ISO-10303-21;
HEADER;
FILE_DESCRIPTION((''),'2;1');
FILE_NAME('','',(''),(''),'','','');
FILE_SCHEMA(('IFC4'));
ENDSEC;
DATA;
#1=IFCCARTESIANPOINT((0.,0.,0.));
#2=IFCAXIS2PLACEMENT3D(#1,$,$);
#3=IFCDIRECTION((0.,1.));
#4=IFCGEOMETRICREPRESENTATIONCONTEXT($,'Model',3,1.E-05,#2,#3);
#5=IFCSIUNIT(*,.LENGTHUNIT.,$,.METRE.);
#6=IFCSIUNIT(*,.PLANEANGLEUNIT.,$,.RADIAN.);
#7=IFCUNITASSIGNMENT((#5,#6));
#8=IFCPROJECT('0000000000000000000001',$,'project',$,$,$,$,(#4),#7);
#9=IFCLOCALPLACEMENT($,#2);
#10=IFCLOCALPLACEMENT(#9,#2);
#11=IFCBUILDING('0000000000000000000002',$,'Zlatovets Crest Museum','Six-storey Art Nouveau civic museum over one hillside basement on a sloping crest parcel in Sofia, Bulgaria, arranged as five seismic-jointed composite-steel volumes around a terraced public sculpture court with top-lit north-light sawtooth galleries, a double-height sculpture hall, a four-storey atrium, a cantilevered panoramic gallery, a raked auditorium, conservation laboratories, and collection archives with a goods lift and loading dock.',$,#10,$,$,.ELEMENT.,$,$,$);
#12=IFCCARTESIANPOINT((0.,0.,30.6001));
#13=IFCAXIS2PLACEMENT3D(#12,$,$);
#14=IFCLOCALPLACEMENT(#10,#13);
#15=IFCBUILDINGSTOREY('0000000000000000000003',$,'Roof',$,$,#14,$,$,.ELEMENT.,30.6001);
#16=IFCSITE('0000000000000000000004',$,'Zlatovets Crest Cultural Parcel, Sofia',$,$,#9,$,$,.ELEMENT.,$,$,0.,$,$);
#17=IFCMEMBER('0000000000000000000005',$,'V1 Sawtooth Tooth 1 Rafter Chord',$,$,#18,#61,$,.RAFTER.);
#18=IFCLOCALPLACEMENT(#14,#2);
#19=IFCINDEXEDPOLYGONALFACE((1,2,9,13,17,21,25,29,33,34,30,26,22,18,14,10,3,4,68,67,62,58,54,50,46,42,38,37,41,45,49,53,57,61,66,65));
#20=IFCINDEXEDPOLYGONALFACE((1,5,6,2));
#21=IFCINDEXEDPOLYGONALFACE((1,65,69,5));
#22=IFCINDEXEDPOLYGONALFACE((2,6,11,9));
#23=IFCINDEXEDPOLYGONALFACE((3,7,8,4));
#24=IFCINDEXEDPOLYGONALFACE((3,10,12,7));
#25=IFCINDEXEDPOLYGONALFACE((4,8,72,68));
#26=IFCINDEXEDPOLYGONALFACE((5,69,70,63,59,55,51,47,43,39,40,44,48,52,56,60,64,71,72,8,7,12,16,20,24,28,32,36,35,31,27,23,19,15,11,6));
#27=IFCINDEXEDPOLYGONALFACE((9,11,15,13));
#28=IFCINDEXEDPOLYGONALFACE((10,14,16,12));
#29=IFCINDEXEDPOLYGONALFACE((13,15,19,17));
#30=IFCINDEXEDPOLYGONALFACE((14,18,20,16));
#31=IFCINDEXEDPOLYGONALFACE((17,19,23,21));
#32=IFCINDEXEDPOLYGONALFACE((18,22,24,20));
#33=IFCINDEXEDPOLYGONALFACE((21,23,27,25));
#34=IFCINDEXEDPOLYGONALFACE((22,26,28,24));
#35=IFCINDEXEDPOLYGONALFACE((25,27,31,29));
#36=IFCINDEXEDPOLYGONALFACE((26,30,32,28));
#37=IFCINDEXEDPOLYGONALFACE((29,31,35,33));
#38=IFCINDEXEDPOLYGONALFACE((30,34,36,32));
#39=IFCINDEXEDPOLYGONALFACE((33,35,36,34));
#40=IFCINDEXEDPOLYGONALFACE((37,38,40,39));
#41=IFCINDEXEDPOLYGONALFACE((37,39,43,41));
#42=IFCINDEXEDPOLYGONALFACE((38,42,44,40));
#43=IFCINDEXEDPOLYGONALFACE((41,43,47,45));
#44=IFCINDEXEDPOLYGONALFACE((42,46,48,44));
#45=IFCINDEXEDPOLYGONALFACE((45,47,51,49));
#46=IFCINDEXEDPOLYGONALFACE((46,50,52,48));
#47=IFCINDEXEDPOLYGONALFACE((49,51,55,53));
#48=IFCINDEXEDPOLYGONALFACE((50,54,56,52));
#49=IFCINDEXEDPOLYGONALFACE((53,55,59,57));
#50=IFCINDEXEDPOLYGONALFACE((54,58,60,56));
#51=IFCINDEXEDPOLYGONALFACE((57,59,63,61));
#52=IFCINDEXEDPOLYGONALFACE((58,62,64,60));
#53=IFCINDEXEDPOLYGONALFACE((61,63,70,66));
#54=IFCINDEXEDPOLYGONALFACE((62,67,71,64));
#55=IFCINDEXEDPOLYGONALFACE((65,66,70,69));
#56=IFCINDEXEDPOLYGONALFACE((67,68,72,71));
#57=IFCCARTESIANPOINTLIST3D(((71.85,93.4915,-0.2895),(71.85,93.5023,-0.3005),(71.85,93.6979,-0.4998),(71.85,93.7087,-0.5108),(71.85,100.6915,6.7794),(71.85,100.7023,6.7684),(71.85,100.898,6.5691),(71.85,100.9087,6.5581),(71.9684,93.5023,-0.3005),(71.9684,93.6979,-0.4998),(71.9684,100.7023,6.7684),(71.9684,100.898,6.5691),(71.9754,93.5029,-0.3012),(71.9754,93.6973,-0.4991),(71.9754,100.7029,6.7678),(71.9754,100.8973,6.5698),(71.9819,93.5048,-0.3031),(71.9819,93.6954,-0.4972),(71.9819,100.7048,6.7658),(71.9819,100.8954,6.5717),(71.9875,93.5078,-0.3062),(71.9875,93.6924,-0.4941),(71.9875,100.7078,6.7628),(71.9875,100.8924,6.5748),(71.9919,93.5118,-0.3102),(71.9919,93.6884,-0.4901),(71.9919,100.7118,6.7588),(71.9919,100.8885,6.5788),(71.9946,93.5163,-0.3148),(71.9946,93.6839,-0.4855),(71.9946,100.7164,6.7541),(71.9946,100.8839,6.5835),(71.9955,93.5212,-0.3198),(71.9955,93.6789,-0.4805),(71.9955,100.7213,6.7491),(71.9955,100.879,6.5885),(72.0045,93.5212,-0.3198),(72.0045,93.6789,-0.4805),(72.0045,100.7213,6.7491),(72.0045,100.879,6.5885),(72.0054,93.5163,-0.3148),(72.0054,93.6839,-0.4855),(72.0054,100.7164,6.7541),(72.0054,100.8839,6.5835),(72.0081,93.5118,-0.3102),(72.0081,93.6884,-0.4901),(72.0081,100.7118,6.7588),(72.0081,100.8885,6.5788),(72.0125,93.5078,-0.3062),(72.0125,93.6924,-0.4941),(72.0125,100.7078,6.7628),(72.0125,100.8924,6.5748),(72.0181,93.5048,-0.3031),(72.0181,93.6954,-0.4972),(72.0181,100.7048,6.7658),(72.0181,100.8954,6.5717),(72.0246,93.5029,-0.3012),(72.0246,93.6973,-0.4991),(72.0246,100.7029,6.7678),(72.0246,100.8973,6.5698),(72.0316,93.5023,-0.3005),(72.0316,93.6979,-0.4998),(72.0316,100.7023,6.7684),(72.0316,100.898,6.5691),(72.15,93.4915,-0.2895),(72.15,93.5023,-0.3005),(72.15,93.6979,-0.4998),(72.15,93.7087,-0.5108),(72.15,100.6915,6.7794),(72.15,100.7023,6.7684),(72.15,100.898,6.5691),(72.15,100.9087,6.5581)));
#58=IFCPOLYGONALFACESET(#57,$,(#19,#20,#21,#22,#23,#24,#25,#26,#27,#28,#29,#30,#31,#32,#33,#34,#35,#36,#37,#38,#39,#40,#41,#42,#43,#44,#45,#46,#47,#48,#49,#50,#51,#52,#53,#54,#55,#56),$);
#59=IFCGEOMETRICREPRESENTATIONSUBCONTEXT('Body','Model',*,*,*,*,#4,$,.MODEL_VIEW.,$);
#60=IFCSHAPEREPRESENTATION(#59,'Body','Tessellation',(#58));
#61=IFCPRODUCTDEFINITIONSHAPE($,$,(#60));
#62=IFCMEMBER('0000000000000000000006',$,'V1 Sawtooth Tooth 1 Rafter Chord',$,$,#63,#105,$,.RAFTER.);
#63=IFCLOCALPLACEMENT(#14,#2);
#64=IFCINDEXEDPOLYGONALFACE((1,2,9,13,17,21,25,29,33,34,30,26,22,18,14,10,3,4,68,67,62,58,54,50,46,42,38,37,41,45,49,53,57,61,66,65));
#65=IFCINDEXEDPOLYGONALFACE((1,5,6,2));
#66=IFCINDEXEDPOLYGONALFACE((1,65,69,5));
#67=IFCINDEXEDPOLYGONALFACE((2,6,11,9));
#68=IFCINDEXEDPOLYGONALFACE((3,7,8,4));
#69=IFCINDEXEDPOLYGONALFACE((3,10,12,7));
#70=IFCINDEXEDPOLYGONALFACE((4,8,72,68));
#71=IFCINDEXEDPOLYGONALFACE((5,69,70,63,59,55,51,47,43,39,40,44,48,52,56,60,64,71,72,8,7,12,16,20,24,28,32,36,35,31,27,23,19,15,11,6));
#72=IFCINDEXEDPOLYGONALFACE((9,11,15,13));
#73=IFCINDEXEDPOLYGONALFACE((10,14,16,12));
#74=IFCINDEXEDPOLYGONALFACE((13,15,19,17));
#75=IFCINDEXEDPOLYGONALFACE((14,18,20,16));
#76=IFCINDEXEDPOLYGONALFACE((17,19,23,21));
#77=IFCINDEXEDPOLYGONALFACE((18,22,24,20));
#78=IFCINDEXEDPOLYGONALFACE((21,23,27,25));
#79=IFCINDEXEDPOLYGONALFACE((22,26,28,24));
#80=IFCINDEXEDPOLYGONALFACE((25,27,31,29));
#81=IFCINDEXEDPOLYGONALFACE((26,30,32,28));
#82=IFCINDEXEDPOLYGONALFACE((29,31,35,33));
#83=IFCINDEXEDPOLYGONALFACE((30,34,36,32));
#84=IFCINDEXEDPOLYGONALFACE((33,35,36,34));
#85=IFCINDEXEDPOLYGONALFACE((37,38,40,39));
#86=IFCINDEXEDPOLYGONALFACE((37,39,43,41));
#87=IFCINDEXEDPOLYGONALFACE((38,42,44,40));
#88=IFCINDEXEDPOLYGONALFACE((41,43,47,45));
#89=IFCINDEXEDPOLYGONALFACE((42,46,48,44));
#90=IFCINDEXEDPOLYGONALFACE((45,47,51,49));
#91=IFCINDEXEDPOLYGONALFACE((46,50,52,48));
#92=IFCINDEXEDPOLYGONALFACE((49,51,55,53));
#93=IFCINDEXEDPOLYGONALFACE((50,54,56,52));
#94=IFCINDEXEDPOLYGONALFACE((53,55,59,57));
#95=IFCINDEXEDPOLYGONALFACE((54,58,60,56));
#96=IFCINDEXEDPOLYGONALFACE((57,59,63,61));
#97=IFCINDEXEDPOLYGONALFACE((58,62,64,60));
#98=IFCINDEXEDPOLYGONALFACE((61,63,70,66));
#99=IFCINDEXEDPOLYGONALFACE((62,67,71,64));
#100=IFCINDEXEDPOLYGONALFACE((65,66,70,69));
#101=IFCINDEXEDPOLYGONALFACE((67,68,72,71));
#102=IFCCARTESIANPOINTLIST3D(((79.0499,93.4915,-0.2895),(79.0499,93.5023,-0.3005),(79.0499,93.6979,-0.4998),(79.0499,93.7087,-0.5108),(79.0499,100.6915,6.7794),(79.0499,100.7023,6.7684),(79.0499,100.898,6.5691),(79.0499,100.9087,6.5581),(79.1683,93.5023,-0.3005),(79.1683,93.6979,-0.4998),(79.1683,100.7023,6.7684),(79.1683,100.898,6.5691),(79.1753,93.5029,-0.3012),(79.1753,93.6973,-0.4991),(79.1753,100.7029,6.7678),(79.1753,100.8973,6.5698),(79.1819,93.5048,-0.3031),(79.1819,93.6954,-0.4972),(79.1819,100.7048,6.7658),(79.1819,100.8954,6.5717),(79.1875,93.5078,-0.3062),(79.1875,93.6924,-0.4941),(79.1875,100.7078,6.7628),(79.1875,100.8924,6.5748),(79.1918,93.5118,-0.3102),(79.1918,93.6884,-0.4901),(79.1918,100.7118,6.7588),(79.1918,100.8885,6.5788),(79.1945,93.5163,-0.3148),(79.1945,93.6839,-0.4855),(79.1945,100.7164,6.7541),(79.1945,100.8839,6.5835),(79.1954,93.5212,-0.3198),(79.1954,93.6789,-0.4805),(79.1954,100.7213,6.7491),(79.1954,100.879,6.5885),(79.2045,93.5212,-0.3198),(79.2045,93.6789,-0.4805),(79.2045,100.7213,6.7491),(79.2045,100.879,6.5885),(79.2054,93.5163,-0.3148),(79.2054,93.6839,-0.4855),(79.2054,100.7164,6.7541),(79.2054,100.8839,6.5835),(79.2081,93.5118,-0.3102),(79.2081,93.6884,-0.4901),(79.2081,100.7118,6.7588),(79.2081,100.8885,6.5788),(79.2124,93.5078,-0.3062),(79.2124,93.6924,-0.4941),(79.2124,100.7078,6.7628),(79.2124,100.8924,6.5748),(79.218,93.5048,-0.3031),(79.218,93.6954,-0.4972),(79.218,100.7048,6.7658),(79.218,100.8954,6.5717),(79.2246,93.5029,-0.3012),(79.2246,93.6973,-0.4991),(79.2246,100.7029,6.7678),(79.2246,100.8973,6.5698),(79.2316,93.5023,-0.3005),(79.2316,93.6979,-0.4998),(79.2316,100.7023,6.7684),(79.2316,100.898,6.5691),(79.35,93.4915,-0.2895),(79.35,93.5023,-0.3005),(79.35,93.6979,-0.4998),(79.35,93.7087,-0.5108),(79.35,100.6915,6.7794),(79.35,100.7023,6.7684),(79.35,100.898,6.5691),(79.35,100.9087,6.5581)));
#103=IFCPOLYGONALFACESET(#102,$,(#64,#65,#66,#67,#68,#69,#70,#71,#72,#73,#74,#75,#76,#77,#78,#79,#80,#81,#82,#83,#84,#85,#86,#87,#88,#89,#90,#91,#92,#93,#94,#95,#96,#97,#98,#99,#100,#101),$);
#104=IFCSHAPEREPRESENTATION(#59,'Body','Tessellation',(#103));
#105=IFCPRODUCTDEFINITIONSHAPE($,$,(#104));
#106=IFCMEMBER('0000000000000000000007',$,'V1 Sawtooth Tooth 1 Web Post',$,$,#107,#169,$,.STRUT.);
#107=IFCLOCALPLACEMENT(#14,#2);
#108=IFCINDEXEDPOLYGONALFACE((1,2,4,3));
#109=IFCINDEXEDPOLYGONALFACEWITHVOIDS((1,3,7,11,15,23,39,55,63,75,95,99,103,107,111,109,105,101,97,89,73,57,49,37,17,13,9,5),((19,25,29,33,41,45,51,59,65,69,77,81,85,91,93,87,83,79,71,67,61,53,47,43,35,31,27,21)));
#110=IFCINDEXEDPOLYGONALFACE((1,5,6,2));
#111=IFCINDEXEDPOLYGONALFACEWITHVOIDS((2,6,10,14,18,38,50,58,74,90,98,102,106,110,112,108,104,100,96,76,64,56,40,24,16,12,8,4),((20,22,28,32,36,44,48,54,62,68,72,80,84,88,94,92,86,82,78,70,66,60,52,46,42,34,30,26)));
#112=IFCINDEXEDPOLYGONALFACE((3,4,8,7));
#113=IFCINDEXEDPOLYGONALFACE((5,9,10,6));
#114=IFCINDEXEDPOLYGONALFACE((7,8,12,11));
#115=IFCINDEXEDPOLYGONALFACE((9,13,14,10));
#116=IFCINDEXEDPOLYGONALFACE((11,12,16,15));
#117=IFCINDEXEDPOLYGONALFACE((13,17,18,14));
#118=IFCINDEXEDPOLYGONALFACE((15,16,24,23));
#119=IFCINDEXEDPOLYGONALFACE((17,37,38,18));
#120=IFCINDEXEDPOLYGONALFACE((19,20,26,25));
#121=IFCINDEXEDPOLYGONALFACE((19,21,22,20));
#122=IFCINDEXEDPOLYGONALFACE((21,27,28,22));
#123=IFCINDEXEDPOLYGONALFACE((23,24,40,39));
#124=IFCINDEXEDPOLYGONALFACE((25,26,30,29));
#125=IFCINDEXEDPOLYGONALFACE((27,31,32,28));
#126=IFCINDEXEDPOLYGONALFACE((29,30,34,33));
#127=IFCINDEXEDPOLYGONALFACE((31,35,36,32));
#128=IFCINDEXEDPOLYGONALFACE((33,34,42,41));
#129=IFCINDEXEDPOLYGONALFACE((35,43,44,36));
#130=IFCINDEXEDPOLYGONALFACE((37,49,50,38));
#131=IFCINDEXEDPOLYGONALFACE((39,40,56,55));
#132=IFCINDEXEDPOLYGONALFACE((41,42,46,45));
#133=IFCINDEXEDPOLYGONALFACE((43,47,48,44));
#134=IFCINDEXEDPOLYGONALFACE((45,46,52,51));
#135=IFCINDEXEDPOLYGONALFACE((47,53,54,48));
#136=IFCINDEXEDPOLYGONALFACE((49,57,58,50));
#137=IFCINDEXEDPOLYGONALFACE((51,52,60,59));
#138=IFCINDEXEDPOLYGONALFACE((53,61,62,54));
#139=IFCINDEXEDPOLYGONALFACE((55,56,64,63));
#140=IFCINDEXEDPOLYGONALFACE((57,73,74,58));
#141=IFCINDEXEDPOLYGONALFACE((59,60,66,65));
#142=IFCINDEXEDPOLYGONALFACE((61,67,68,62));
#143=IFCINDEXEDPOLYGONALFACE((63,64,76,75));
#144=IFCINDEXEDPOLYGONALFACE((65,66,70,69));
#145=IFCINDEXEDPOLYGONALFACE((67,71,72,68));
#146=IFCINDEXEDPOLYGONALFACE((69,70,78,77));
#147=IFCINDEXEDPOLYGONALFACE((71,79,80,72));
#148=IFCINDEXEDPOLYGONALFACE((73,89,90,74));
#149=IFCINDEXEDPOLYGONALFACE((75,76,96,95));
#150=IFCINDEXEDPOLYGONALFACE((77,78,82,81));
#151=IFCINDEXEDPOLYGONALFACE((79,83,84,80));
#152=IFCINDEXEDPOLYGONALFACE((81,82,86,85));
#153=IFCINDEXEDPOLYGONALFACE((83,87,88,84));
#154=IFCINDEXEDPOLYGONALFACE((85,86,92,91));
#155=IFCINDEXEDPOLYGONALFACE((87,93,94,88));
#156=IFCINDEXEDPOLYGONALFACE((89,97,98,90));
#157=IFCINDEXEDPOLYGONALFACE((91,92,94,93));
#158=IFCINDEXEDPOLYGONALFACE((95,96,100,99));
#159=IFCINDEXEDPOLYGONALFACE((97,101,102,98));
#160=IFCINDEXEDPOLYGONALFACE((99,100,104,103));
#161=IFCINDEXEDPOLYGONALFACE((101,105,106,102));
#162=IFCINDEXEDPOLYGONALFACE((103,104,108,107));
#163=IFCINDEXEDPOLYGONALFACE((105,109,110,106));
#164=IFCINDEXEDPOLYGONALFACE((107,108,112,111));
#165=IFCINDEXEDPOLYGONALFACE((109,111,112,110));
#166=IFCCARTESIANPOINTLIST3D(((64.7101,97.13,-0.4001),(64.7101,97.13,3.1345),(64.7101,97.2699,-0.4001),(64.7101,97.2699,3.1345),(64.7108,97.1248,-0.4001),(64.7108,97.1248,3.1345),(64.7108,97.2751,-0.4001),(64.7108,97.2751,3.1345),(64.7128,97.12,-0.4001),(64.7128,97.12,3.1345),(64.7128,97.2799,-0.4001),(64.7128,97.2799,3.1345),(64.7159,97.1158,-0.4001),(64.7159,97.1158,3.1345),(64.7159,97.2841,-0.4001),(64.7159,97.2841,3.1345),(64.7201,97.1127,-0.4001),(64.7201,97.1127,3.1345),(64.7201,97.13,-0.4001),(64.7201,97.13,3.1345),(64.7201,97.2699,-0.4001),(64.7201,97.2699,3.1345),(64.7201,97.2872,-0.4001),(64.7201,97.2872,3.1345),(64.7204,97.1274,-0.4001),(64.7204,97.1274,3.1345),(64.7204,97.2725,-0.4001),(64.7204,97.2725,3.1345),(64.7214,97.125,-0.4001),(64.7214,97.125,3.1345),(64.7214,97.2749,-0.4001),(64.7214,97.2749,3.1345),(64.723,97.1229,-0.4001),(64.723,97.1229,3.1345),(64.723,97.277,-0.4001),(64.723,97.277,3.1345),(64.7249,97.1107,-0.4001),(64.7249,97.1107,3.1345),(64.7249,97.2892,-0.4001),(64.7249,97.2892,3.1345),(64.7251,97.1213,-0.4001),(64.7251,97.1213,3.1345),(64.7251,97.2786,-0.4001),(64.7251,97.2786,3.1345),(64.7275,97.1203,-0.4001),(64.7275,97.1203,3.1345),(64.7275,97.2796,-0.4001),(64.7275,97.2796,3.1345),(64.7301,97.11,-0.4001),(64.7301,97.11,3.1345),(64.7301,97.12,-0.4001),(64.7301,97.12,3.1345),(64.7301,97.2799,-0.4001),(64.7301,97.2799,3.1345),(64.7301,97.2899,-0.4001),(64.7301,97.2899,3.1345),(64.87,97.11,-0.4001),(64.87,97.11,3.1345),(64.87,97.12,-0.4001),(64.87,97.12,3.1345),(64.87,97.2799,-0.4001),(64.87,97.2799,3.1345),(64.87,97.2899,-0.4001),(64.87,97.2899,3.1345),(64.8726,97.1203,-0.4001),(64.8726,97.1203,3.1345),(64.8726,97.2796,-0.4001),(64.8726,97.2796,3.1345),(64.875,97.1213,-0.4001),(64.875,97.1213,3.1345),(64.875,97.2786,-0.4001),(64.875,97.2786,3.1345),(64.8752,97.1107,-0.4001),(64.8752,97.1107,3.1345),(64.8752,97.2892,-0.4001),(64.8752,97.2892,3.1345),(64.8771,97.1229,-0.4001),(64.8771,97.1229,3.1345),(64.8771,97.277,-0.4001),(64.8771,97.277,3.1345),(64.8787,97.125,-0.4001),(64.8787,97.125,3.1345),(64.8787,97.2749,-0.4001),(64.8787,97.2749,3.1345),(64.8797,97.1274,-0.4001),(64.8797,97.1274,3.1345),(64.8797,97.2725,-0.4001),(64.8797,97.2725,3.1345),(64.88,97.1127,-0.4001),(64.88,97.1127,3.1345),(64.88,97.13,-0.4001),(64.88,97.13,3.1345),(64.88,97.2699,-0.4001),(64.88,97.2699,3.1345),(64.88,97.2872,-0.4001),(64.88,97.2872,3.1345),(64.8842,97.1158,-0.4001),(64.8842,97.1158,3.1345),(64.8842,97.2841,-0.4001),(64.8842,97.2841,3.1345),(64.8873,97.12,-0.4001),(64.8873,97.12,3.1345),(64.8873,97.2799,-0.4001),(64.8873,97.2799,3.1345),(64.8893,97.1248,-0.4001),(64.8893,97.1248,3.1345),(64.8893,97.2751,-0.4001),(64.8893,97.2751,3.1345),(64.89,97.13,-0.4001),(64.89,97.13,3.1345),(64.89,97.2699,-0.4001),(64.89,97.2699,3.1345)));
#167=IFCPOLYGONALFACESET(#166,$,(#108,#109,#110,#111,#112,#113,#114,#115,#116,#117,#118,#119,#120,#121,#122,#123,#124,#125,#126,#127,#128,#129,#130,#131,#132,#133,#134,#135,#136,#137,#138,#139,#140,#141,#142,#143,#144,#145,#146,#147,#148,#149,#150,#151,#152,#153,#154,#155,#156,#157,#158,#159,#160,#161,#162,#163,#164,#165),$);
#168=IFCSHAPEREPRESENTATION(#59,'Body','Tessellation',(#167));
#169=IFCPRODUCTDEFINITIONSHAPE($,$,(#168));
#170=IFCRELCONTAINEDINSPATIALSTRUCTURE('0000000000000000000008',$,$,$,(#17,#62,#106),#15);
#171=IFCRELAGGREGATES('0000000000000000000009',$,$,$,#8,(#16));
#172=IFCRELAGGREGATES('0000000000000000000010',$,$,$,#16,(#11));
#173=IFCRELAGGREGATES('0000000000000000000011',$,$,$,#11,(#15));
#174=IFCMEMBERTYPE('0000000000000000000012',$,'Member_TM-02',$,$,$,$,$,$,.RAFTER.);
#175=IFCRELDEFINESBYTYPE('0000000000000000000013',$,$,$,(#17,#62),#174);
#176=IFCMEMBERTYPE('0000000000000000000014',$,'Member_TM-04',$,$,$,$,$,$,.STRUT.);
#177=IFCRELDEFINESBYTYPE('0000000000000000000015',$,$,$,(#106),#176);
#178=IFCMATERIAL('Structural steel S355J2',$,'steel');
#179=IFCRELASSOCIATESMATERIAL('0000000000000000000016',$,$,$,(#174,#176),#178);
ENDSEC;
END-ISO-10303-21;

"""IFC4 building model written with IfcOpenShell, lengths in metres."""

from ifc_helpers import new_model, si_unit, direction, frame, origin, origin_2d, place, context, subcontext, project, spatial, hollow_rectangle, i_section, extrude, material, material_profile, profile_set, type_object, element, save


model = new_model("IFC4")

# Units and contexts
model_context = context("Model", 3, precision=1e-05, world=origin(), true_north=direction((0.0, 1.0)))
body_context = subcontext(model_context, "Body", "Model", "MODEL_VIEW")
ifc_project = project(units=[si_unit("LENGTHUNIT", "METRE"), si_unit("PLANEANGLEUNIT", "RADIAN")], contexts=[model_context])

# Site, building, storey
site_placement = place(None, origin())
site = spatial("IfcSite", under=ifc_project, at=site_placement, Name="Zlatovets Crest Cultural Parcel, Sofia", CompositionType="ELEMENT", RefElevation=0.0)
building_placement = place(site_placement, origin())
building = spatial("IfcBuilding", under=site, at=building_placement, Name="Zlatovets Crest Museum", Description="Six-storey Art Nouveau civic museum over one hillside basement on a sloping crest parcel in Sofia, Bulgaria, arranged as five seismic-jointed composite-steel volumes around a terraced public sculpture court with top-lit north-light sawtooth galleries, a double-height sculpture hall, a four-storey atrium, a cantilevered panoramic gallery, a raked auditorium, conservation laboratories, and collection archives with a goods lift and loading dock.", CompositionType="ELEMENT")
storey_placement = place(building_placement, frame((0.0, 0.0, 30.6001)))
storey = spatial("IfcBuildingStorey", under=building, at=storey_placement, Name="Roof", CompositionType="ELEMENT", Elevation=30.6001)

# Shared definitions
ifc_material_1 = material(Name="Structural steel S355J2", Category="steel")

# Members
ifc_material_profile_1 = material_profile(ifc_material_1, i_section(OverallWidth=0.3, OverallDepth=0.3101, WebThickness=0.009, FlangeThickness=0.0154, FilletRadius=0.0271, at=origin_2d()), Name="HEA 320")
ifc_profile_set_1 = profile_set([ifc_material_profile_1], Name="Structural steel S355J2")
member_type_1 = type_object("IfcMemberType", Name="Member_TM-02", PredefinedType="RAFTER", material=ifc_profile_set_1)
for number, where, z_axis, x_axis, name in (
    (1, (72.0, 93.6001, -0.4001), (0.0, 0.713574, 0.70058), (-1.0, 0.0, 0.0), "V1 Sawtooth Tooth 1 Rafter Chord"),
    (2, (79.2, 93.6001, -0.4001), (0.0, 0.713574, 0.70058), (-1.0, 0.0, 0.0), "V1 Sawtooth Tooth 1 Rafter Chord"),
):
    element("IfcMember", number, at=place(storey_placement, frame(where, z_axis=z_axis, x_axis=x_axis)), inside=storey, type_object=member_type_1, Name=name, PredefinedType="RAFTER", context=body_context, shape_type="SweptSolid", body=[
        extrude(i_section(OverallWidth=0.3, OverallDepth=0.3101, WebThickness=0.009, FlangeThickness=0.0154, FilletRadius=0.0271, at=origin_2d()), origin(), (0.0, 0.0, 1.0), 10.0901),
    ])
ifc_material_profile_2 = material_profile(ifc_material_1, hollow_rectangle(XDim=0.1799, YDim=0.1799, WallThickness=0.01, InnerFilletRadius=0.01, OuterFilletRadius=0.02, at=origin_2d()), Name="SHS 180x180x10.0")
ifc_profile_set_2 = profile_set([ifc_material_profile_2], Name="Structural steel S355J2")
member_type_2 = type_object("IfcMemberType", Name="Member_TM-04", PredefinedType="STRUT", material=ifc_profile_set_2)
for number, where, z_axis, x_axis, name in (
    (3, (64.8, 97.2, -0.4001), (0.0, 0.0, 1.0), (1.0, 0.0, 0.0), "V1 Sawtooth Tooth 1 Web Post"),
):
    element("IfcMember", number, at=place(storey_placement, frame(where, z_axis=z_axis, x_axis=x_axis)), inside=storey, type_object=member_type_2, Name=name, PredefinedType="STRUT", context=body_context, shape_type="SweptSolid", body=[
        extrude(hollow_rectangle(XDim=0.1799, YDim=0.1799, WallThickness=0.01, InnerFilletRadius=0.01, OuterFilletRadius=0.02, at=origin_2d()), origin(), (0.0, 0.0, 1.0), 3.5347),
    ])

save(model, "model.ifc")
